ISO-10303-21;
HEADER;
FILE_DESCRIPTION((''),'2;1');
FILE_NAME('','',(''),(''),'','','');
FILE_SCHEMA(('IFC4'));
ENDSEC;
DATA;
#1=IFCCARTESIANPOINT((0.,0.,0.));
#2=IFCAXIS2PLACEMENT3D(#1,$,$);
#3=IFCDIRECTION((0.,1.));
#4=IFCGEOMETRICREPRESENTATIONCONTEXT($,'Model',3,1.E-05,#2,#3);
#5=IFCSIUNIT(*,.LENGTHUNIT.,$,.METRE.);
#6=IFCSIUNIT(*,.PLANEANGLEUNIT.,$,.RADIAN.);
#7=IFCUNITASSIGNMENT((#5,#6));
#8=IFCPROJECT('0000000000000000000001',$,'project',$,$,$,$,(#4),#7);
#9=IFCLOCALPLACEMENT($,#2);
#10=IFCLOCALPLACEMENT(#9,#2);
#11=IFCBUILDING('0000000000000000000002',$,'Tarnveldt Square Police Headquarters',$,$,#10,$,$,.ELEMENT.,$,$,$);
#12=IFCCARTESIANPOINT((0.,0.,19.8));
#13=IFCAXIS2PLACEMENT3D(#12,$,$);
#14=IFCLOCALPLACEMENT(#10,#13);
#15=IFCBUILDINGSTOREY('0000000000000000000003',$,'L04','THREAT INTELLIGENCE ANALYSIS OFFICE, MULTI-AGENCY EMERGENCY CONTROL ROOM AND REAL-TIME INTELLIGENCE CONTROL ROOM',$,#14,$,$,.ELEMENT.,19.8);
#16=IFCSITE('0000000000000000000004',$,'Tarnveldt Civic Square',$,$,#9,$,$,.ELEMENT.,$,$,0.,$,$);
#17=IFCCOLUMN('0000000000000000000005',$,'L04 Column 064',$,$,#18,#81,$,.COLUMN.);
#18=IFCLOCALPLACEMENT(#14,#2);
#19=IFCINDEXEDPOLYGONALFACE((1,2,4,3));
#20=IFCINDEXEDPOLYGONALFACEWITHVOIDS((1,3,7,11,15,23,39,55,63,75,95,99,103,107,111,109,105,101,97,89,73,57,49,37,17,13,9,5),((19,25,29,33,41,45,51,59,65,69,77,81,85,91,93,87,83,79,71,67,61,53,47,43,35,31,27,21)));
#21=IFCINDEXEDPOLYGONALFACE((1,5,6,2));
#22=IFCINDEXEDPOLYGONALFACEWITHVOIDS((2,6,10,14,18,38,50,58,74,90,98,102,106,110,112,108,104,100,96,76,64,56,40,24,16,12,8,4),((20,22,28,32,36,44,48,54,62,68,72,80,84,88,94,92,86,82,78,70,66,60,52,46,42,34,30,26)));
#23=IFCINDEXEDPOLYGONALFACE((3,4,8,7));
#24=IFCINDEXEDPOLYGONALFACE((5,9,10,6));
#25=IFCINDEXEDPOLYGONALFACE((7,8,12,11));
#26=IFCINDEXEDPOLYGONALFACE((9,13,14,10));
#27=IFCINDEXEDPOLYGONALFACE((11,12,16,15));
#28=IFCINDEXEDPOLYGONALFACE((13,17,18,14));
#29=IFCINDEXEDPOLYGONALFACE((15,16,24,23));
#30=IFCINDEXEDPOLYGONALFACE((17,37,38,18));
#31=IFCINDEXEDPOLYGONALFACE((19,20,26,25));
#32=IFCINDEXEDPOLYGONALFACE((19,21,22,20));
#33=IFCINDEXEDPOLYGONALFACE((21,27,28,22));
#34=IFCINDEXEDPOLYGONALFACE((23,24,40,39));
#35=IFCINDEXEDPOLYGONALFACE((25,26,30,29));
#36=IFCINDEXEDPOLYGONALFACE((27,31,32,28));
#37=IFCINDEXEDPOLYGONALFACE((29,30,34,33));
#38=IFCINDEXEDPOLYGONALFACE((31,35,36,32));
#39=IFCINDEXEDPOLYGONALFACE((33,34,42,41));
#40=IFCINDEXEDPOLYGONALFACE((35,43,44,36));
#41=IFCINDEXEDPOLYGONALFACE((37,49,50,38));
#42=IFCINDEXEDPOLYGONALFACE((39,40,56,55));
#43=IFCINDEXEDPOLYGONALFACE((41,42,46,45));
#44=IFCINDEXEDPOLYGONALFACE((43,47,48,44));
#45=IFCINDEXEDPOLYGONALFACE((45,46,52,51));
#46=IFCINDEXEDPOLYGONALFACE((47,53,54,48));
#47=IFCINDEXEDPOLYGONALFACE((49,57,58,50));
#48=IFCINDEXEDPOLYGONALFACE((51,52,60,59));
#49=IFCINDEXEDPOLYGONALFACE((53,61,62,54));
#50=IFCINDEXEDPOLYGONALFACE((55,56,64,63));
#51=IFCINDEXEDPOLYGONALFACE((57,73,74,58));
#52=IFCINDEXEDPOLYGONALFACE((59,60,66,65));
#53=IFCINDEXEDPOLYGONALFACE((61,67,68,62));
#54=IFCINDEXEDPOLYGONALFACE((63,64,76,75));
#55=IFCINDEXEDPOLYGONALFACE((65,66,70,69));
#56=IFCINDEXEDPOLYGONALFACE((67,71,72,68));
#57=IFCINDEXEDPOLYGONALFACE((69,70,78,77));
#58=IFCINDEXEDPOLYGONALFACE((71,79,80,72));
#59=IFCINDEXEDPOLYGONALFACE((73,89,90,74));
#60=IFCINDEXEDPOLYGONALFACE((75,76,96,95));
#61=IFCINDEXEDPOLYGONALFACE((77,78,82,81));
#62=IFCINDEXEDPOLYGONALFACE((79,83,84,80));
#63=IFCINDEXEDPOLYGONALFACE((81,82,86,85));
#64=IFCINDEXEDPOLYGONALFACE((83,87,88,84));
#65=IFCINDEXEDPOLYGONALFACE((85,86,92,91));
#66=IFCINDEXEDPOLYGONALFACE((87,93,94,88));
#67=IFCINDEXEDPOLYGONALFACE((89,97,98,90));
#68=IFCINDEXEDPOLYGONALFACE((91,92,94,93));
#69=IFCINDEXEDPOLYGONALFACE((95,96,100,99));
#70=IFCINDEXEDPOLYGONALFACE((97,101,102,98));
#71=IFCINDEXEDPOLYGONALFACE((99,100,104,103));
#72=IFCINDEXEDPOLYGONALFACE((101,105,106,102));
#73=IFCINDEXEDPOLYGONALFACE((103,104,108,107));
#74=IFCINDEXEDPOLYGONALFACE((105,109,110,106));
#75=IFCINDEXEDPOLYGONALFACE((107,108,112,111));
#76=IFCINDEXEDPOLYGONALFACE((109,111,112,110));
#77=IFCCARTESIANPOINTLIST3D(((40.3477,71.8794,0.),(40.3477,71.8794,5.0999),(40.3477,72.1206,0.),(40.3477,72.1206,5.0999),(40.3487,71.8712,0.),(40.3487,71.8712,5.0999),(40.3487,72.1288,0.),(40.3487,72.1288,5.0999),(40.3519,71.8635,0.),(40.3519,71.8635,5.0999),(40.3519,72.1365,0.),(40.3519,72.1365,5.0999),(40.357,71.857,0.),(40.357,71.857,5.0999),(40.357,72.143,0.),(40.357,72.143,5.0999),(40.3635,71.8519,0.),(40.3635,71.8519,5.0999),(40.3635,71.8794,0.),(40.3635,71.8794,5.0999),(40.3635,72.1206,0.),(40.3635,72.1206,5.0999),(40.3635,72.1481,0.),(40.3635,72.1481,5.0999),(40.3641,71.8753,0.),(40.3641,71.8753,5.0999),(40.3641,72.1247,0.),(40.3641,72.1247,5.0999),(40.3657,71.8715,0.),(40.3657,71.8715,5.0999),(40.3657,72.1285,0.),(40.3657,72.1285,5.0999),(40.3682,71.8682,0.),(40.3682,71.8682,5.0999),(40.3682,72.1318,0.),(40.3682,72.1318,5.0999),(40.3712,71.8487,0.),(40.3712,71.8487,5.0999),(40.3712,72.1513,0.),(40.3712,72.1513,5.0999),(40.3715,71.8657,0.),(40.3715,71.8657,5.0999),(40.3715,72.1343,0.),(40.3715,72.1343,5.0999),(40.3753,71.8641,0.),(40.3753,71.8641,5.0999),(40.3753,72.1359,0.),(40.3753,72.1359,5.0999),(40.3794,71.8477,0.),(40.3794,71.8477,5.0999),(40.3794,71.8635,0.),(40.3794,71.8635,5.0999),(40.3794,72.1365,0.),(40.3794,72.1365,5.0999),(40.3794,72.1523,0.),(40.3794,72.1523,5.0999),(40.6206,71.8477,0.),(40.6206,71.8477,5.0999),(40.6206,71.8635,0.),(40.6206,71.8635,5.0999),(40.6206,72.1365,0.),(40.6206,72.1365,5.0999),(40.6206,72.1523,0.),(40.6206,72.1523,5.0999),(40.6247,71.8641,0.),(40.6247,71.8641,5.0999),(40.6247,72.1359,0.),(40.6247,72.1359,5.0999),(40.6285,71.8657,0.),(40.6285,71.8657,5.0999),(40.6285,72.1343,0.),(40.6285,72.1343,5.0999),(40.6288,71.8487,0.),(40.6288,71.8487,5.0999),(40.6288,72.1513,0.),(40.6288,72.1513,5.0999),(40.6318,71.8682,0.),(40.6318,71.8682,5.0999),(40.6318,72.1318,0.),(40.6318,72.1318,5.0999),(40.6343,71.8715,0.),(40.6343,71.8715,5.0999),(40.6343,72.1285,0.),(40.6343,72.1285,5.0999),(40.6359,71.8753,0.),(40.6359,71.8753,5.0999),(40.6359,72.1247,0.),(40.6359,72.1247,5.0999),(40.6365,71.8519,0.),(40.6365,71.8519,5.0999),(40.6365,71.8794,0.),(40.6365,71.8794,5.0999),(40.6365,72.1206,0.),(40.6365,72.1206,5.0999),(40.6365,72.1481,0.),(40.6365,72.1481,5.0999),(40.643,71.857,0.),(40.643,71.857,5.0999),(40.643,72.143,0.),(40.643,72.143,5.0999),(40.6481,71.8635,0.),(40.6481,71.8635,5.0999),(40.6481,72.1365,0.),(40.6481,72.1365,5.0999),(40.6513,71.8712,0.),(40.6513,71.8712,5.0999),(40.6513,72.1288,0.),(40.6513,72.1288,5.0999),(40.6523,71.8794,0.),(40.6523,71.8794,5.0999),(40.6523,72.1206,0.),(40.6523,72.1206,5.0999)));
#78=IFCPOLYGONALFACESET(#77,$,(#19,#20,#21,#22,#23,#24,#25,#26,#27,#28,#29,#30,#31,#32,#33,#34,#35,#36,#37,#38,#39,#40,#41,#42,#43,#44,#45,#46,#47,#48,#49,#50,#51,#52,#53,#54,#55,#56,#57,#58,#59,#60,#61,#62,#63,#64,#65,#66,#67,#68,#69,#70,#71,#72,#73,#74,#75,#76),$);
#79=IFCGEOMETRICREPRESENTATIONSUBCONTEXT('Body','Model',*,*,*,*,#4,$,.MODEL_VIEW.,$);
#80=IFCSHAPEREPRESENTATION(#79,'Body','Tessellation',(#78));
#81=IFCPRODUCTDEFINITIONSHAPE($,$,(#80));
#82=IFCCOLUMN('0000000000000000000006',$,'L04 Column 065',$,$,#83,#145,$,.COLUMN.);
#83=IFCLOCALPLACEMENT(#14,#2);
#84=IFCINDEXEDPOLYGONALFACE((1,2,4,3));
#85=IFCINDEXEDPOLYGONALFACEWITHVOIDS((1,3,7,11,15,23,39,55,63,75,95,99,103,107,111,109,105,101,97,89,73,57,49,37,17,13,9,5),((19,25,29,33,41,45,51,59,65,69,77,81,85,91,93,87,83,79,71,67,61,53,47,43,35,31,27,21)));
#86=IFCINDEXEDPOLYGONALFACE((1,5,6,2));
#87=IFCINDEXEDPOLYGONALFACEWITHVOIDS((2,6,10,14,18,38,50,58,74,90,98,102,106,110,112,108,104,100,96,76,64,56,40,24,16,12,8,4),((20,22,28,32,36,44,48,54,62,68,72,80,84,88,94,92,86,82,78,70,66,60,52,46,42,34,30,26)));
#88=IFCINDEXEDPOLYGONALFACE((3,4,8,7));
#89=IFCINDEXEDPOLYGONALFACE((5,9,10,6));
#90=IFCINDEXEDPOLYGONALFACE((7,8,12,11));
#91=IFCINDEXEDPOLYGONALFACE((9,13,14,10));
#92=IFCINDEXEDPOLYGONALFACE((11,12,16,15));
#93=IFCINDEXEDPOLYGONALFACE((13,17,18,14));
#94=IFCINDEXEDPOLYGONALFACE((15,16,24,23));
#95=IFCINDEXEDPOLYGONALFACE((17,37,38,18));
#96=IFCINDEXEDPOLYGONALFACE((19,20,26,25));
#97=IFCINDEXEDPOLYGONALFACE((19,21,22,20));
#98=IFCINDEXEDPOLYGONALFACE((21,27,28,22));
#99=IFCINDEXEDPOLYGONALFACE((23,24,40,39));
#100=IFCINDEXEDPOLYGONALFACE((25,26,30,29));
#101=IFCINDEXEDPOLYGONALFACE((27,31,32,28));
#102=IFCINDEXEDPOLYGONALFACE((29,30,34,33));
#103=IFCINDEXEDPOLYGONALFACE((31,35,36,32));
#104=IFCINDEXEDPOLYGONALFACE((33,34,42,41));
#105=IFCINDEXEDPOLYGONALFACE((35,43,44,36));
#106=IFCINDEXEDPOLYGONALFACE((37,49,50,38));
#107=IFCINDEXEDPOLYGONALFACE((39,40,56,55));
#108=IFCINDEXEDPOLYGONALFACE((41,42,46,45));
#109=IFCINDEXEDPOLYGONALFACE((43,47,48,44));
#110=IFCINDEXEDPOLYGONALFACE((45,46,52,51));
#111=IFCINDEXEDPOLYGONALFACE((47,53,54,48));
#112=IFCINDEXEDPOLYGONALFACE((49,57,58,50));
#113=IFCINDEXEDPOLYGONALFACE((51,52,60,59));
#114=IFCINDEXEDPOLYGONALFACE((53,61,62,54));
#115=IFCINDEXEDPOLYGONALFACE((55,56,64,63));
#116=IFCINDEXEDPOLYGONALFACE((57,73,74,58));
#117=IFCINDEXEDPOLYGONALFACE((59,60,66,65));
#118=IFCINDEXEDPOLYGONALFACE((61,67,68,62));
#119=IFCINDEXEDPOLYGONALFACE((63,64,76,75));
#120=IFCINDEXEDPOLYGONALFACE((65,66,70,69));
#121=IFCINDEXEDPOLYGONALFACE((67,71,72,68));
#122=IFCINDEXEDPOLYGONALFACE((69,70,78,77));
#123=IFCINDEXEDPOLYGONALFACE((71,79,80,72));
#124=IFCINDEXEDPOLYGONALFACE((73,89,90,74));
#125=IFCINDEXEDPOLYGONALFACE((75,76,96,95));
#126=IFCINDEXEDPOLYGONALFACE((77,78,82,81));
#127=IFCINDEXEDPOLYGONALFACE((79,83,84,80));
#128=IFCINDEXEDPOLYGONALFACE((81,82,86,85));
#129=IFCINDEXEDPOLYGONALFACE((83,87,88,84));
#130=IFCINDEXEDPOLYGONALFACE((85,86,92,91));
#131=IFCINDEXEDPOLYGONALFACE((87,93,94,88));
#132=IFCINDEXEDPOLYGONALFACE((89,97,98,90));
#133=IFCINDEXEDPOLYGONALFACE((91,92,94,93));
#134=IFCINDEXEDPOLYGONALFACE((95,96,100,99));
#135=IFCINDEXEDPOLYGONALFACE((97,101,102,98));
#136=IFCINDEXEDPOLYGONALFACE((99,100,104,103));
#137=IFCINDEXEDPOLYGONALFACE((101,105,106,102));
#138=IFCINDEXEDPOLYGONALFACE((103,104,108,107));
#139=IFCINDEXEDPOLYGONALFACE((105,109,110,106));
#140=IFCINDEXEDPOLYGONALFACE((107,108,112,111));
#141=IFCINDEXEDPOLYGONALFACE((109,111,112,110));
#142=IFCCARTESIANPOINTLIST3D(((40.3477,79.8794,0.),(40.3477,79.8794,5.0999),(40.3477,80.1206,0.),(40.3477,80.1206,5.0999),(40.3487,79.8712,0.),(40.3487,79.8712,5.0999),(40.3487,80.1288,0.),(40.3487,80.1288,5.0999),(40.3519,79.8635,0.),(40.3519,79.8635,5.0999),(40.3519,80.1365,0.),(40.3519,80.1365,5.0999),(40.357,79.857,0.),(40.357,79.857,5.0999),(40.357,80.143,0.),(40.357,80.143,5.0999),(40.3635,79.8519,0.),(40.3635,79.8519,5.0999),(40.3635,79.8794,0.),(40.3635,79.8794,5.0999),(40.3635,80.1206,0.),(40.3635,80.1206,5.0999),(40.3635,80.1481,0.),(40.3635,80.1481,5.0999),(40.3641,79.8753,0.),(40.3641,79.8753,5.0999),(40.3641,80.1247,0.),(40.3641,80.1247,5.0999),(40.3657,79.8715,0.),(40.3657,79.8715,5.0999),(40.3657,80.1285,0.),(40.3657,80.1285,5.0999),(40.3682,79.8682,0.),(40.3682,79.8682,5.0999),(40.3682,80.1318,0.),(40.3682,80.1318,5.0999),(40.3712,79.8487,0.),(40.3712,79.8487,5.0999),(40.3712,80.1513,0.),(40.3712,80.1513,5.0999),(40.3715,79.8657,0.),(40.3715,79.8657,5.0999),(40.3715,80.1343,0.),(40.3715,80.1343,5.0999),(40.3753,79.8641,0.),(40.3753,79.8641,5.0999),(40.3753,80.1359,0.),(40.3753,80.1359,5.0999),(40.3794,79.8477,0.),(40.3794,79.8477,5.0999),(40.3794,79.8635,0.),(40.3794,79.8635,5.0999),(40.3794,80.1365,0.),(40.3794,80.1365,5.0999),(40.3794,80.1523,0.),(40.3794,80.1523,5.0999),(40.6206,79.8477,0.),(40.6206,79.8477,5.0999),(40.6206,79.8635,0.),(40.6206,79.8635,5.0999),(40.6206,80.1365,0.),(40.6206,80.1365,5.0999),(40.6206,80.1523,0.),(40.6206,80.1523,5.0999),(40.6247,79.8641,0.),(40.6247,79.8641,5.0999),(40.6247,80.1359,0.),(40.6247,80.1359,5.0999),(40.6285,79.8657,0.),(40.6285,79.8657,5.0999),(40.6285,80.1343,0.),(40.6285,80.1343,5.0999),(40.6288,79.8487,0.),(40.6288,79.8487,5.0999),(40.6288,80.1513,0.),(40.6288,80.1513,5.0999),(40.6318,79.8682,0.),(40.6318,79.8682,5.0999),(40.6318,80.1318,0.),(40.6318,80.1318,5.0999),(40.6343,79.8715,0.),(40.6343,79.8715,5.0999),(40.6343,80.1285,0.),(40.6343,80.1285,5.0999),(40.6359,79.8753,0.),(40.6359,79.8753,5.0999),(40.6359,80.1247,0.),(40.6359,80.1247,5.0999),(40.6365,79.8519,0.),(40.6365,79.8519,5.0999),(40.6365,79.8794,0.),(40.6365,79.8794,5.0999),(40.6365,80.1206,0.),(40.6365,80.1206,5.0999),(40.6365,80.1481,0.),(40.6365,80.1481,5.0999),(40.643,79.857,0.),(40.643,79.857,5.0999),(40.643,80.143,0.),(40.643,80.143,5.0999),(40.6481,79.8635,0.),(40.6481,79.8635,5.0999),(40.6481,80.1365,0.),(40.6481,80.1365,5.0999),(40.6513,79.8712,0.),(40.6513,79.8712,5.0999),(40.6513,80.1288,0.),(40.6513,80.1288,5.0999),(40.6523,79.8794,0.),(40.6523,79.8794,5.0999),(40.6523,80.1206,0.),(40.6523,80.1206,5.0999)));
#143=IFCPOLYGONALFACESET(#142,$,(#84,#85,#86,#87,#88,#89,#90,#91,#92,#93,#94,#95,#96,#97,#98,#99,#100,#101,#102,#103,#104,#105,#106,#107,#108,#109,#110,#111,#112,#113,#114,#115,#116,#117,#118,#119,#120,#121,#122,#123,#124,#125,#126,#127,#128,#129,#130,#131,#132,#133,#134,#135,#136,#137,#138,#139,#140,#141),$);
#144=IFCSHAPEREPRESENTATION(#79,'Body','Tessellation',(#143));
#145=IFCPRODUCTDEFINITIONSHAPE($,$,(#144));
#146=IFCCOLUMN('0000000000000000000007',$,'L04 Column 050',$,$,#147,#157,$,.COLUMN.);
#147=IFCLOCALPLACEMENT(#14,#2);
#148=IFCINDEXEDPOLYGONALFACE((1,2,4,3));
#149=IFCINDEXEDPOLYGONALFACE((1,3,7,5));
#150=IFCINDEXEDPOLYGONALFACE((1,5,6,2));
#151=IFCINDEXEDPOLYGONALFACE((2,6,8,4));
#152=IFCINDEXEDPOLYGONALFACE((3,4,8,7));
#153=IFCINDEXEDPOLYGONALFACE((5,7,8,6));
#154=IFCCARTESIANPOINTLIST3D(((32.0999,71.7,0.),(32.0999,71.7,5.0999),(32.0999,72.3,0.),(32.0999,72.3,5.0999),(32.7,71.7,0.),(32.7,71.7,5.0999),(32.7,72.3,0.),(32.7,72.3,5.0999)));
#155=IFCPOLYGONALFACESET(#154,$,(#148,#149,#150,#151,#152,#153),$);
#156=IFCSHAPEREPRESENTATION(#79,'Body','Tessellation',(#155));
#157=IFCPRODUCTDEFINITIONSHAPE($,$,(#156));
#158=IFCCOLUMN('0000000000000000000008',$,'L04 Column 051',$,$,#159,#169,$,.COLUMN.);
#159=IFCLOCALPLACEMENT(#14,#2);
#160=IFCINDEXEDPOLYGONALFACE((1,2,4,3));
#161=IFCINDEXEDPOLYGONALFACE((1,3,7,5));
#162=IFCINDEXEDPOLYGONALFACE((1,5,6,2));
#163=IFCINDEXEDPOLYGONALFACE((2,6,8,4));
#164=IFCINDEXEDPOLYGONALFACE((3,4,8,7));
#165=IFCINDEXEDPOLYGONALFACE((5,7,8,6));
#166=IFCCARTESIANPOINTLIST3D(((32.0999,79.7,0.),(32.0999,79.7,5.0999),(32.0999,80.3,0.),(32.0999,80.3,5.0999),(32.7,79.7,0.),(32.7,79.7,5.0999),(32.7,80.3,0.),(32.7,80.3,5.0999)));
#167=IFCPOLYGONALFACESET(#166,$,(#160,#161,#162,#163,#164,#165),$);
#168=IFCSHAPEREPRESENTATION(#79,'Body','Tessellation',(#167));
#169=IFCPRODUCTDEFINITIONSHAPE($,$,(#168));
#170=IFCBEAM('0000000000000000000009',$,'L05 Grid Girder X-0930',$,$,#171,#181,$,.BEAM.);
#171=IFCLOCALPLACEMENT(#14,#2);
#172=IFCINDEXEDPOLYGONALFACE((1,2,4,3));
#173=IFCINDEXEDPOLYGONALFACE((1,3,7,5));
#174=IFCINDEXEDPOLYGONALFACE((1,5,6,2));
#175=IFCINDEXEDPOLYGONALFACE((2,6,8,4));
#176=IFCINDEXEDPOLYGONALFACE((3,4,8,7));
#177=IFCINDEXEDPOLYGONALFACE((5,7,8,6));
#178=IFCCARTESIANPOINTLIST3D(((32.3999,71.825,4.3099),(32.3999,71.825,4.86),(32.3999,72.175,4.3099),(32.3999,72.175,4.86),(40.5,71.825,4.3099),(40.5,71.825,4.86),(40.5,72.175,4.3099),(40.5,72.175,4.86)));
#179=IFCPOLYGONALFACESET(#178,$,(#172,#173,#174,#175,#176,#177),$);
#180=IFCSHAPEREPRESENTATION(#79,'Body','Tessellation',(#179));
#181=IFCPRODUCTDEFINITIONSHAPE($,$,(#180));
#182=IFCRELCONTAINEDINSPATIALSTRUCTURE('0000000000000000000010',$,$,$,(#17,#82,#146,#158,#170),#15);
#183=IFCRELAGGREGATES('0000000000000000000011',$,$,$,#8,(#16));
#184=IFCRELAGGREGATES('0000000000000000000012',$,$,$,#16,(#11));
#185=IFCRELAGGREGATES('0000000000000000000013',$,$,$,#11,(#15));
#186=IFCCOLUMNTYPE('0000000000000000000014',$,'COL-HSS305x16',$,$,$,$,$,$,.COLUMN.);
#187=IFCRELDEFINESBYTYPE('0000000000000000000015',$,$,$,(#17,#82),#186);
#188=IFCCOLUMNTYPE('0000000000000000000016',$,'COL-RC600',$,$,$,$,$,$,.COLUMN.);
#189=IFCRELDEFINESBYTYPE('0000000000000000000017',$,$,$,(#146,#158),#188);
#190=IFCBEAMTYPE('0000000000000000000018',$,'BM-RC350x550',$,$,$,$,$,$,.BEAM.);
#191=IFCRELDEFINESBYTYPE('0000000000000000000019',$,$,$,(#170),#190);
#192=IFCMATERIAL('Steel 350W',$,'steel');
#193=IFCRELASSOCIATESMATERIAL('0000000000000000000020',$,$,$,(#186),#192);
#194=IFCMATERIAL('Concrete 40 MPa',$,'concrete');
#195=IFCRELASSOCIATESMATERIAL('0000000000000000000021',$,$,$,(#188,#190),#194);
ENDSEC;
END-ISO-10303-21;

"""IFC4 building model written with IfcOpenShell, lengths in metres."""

from ifc_helpers import new_model, si_unit, direction, frame, origin, origin_2d, place, context, subcontext, project, spatial, rectangle, hollow_rectangle, extrude, material, material_profile, profile_set, type_object, element, save


model = new_model("IFC4")

# Units and contexts
model_context = context("Model", 3, precision=1e-05, world=origin(), true_north=direction((0.0, 1.0)))
body_context = subcontext(model_context, "Body", "Model", "MODEL_VIEW")
ifc_project = project(units=[si_unit("LENGTHUNIT", "METRE"), si_unit("PLANEANGLEUNIT", "RADIAN")], contexts=[model_context])

# Site, building, storey
site_placement = place(None, origin())
site = spatial("IfcSite", under=ifc_project, at=site_placement, Name="Tarnveldt Civic Square", CompositionType="ELEMENT", RefElevation=0.0)
building_placement = place(site_placement, origin())
building = spatial("IfcBuilding", under=site, at=building_placement, Name="Tarnveldt Square Police Headquarters", CompositionType="ELEMENT")
storey_placement = place(building_placement, frame((0.0, 0.0, 19.8)))
storey = spatial("IfcBuildingStorey", under=building, at=storey_placement, Name="L04", Description="THREAT INTELLIGENCE ANALYSIS OFFICE, MULTI-AGENCY EMERGENCY CONTROL ROOM AND REAL-TIME INTELLIGENCE CONTROL ROOM", CompositionType="ELEMENT", Elevation=19.8)

# Columns
ifc_material_1 = material(Name="Steel 350W", Category="steel")
ifc_material_profile_1 = material_profile(ifc_material_1, hollow_rectangle(XDim=0.3047, YDim=0.3047, WallThickness=0.0159, InnerFilletRadius=0.0159, OuterFilletRadius=0.0317, at=origin_2d()), Name="HSS305x305x16")
ifc_profile_set_1 = profile_set([ifc_material_profile_1], Name="Steel 350W")
column_type_1 = type_object("IfcColumnType", Name="COL-HSS305x16", PredefinedType="COLUMN", material=ifc_profile_set_1)
for number, where, z_axis, x_axis, name in (
    (1, (40.5, 72.0, 0.0), (0.0, 0.0, 1.0), (1.0, 0.0, 0.0), "L04 Column 064"),
    (2, (40.5, 80.0, 0.0), (0.0, 0.0, 1.0), (1.0, 0.0, 0.0), "L04 Column 065"),
):
    element("IfcColumn", number, at=place(storey_placement, frame(where, z_axis=z_axis, x_axis=x_axis)), inside=storey, type_object=column_type_1, Name=name, PredefinedType="COLUMN", context=body_context, shape_type="SweptSolid", body=[
        extrude(hollow_rectangle(XDim=0.3047, YDim=0.3047, WallThickness=0.0159, InnerFilletRadius=0.0159, OuterFilletRadius=0.0317, at=origin_2d()), origin(), (0.0, 0.0, 1.0), 5.0999),
    ])
ifc_material_2 = material(Name="Concrete 40 MPa", Category="concrete")
ifc_material_profile_2 = material_profile(ifc_material_2, rectangle(XDim=0.6001, YDim=0.6001, at=origin_2d()), Name="RC-C600x600")
ifc_profile_set_2 = profile_set([ifc_material_profile_2], Name="Concrete 40 MPa")
column_type_2 = type_object("IfcColumnType", Name="COL-RC600", PredefinedType="COLUMN", material=ifc_profile_set_2)
for number, where, z_axis, x_axis, name in (
    (3, (32.3999, 72.0, 0.0), (0.0, 0.0, 1.0), (1.0, 0.0, 0.0), "L04 Column 050"),
    (4, (32.3999, 80.0, 0.0), (0.0, 0.0, 1.0), (1.0, 0.0, 0.0), "L04 Column 051"),
):
    element("IfcColumn", number, at=place(storey_placement, frame(where, z_axis=z_axis, x_axis=x_axis)), inside=storey, type_object=column_type_2, Name=name, PredefinedType="COLUMN", context=body_context, shape_type="SweptSolid", body=[
        extrude(rectangle(XDim=0.6001, YDim=0.6001, at=origin_2d()), origin(), (0.0, 0.0, 1.0), 5.0999),
    ])

# Beam
ifc_material_profile_3 = material_profile(ifc_material_2, rectangle(XDim=0.3501, YDim=0.55, at=origin_2d()), Name="RC-B350x550")
ifc_profile_set_3 = profile_set([ifc_material_profile_3], Name="Concrete 40 MPa")
beam_type_1 = type_object("IfcBeamType", Name="BM-RC350x550", PredefinedType="BEAM", material=ifc_profile_set_3)
beam_1_placement = place(storey_placement, frame((32.3999, 72.0, 4.585), z_axis=(1.0, 0.0, 0.0), x_axis=(0.0, 1.0, 0.0)))
element("IfcBeam", 5, at=beam_1_placement, inside=storey, type_object=beam_type_1, Name="L05 Grid Girder X-0930", PredefinedType="BEAM", context=body_context, shape_type="SweptSolid", body=[
    extrude(rectangle(XDim=0.3501, YDim=0.55, at=origin_2d()), origin(), (0.0, 0.0, 1.0), 8.1001),
])

save(model, "model.ifc")
